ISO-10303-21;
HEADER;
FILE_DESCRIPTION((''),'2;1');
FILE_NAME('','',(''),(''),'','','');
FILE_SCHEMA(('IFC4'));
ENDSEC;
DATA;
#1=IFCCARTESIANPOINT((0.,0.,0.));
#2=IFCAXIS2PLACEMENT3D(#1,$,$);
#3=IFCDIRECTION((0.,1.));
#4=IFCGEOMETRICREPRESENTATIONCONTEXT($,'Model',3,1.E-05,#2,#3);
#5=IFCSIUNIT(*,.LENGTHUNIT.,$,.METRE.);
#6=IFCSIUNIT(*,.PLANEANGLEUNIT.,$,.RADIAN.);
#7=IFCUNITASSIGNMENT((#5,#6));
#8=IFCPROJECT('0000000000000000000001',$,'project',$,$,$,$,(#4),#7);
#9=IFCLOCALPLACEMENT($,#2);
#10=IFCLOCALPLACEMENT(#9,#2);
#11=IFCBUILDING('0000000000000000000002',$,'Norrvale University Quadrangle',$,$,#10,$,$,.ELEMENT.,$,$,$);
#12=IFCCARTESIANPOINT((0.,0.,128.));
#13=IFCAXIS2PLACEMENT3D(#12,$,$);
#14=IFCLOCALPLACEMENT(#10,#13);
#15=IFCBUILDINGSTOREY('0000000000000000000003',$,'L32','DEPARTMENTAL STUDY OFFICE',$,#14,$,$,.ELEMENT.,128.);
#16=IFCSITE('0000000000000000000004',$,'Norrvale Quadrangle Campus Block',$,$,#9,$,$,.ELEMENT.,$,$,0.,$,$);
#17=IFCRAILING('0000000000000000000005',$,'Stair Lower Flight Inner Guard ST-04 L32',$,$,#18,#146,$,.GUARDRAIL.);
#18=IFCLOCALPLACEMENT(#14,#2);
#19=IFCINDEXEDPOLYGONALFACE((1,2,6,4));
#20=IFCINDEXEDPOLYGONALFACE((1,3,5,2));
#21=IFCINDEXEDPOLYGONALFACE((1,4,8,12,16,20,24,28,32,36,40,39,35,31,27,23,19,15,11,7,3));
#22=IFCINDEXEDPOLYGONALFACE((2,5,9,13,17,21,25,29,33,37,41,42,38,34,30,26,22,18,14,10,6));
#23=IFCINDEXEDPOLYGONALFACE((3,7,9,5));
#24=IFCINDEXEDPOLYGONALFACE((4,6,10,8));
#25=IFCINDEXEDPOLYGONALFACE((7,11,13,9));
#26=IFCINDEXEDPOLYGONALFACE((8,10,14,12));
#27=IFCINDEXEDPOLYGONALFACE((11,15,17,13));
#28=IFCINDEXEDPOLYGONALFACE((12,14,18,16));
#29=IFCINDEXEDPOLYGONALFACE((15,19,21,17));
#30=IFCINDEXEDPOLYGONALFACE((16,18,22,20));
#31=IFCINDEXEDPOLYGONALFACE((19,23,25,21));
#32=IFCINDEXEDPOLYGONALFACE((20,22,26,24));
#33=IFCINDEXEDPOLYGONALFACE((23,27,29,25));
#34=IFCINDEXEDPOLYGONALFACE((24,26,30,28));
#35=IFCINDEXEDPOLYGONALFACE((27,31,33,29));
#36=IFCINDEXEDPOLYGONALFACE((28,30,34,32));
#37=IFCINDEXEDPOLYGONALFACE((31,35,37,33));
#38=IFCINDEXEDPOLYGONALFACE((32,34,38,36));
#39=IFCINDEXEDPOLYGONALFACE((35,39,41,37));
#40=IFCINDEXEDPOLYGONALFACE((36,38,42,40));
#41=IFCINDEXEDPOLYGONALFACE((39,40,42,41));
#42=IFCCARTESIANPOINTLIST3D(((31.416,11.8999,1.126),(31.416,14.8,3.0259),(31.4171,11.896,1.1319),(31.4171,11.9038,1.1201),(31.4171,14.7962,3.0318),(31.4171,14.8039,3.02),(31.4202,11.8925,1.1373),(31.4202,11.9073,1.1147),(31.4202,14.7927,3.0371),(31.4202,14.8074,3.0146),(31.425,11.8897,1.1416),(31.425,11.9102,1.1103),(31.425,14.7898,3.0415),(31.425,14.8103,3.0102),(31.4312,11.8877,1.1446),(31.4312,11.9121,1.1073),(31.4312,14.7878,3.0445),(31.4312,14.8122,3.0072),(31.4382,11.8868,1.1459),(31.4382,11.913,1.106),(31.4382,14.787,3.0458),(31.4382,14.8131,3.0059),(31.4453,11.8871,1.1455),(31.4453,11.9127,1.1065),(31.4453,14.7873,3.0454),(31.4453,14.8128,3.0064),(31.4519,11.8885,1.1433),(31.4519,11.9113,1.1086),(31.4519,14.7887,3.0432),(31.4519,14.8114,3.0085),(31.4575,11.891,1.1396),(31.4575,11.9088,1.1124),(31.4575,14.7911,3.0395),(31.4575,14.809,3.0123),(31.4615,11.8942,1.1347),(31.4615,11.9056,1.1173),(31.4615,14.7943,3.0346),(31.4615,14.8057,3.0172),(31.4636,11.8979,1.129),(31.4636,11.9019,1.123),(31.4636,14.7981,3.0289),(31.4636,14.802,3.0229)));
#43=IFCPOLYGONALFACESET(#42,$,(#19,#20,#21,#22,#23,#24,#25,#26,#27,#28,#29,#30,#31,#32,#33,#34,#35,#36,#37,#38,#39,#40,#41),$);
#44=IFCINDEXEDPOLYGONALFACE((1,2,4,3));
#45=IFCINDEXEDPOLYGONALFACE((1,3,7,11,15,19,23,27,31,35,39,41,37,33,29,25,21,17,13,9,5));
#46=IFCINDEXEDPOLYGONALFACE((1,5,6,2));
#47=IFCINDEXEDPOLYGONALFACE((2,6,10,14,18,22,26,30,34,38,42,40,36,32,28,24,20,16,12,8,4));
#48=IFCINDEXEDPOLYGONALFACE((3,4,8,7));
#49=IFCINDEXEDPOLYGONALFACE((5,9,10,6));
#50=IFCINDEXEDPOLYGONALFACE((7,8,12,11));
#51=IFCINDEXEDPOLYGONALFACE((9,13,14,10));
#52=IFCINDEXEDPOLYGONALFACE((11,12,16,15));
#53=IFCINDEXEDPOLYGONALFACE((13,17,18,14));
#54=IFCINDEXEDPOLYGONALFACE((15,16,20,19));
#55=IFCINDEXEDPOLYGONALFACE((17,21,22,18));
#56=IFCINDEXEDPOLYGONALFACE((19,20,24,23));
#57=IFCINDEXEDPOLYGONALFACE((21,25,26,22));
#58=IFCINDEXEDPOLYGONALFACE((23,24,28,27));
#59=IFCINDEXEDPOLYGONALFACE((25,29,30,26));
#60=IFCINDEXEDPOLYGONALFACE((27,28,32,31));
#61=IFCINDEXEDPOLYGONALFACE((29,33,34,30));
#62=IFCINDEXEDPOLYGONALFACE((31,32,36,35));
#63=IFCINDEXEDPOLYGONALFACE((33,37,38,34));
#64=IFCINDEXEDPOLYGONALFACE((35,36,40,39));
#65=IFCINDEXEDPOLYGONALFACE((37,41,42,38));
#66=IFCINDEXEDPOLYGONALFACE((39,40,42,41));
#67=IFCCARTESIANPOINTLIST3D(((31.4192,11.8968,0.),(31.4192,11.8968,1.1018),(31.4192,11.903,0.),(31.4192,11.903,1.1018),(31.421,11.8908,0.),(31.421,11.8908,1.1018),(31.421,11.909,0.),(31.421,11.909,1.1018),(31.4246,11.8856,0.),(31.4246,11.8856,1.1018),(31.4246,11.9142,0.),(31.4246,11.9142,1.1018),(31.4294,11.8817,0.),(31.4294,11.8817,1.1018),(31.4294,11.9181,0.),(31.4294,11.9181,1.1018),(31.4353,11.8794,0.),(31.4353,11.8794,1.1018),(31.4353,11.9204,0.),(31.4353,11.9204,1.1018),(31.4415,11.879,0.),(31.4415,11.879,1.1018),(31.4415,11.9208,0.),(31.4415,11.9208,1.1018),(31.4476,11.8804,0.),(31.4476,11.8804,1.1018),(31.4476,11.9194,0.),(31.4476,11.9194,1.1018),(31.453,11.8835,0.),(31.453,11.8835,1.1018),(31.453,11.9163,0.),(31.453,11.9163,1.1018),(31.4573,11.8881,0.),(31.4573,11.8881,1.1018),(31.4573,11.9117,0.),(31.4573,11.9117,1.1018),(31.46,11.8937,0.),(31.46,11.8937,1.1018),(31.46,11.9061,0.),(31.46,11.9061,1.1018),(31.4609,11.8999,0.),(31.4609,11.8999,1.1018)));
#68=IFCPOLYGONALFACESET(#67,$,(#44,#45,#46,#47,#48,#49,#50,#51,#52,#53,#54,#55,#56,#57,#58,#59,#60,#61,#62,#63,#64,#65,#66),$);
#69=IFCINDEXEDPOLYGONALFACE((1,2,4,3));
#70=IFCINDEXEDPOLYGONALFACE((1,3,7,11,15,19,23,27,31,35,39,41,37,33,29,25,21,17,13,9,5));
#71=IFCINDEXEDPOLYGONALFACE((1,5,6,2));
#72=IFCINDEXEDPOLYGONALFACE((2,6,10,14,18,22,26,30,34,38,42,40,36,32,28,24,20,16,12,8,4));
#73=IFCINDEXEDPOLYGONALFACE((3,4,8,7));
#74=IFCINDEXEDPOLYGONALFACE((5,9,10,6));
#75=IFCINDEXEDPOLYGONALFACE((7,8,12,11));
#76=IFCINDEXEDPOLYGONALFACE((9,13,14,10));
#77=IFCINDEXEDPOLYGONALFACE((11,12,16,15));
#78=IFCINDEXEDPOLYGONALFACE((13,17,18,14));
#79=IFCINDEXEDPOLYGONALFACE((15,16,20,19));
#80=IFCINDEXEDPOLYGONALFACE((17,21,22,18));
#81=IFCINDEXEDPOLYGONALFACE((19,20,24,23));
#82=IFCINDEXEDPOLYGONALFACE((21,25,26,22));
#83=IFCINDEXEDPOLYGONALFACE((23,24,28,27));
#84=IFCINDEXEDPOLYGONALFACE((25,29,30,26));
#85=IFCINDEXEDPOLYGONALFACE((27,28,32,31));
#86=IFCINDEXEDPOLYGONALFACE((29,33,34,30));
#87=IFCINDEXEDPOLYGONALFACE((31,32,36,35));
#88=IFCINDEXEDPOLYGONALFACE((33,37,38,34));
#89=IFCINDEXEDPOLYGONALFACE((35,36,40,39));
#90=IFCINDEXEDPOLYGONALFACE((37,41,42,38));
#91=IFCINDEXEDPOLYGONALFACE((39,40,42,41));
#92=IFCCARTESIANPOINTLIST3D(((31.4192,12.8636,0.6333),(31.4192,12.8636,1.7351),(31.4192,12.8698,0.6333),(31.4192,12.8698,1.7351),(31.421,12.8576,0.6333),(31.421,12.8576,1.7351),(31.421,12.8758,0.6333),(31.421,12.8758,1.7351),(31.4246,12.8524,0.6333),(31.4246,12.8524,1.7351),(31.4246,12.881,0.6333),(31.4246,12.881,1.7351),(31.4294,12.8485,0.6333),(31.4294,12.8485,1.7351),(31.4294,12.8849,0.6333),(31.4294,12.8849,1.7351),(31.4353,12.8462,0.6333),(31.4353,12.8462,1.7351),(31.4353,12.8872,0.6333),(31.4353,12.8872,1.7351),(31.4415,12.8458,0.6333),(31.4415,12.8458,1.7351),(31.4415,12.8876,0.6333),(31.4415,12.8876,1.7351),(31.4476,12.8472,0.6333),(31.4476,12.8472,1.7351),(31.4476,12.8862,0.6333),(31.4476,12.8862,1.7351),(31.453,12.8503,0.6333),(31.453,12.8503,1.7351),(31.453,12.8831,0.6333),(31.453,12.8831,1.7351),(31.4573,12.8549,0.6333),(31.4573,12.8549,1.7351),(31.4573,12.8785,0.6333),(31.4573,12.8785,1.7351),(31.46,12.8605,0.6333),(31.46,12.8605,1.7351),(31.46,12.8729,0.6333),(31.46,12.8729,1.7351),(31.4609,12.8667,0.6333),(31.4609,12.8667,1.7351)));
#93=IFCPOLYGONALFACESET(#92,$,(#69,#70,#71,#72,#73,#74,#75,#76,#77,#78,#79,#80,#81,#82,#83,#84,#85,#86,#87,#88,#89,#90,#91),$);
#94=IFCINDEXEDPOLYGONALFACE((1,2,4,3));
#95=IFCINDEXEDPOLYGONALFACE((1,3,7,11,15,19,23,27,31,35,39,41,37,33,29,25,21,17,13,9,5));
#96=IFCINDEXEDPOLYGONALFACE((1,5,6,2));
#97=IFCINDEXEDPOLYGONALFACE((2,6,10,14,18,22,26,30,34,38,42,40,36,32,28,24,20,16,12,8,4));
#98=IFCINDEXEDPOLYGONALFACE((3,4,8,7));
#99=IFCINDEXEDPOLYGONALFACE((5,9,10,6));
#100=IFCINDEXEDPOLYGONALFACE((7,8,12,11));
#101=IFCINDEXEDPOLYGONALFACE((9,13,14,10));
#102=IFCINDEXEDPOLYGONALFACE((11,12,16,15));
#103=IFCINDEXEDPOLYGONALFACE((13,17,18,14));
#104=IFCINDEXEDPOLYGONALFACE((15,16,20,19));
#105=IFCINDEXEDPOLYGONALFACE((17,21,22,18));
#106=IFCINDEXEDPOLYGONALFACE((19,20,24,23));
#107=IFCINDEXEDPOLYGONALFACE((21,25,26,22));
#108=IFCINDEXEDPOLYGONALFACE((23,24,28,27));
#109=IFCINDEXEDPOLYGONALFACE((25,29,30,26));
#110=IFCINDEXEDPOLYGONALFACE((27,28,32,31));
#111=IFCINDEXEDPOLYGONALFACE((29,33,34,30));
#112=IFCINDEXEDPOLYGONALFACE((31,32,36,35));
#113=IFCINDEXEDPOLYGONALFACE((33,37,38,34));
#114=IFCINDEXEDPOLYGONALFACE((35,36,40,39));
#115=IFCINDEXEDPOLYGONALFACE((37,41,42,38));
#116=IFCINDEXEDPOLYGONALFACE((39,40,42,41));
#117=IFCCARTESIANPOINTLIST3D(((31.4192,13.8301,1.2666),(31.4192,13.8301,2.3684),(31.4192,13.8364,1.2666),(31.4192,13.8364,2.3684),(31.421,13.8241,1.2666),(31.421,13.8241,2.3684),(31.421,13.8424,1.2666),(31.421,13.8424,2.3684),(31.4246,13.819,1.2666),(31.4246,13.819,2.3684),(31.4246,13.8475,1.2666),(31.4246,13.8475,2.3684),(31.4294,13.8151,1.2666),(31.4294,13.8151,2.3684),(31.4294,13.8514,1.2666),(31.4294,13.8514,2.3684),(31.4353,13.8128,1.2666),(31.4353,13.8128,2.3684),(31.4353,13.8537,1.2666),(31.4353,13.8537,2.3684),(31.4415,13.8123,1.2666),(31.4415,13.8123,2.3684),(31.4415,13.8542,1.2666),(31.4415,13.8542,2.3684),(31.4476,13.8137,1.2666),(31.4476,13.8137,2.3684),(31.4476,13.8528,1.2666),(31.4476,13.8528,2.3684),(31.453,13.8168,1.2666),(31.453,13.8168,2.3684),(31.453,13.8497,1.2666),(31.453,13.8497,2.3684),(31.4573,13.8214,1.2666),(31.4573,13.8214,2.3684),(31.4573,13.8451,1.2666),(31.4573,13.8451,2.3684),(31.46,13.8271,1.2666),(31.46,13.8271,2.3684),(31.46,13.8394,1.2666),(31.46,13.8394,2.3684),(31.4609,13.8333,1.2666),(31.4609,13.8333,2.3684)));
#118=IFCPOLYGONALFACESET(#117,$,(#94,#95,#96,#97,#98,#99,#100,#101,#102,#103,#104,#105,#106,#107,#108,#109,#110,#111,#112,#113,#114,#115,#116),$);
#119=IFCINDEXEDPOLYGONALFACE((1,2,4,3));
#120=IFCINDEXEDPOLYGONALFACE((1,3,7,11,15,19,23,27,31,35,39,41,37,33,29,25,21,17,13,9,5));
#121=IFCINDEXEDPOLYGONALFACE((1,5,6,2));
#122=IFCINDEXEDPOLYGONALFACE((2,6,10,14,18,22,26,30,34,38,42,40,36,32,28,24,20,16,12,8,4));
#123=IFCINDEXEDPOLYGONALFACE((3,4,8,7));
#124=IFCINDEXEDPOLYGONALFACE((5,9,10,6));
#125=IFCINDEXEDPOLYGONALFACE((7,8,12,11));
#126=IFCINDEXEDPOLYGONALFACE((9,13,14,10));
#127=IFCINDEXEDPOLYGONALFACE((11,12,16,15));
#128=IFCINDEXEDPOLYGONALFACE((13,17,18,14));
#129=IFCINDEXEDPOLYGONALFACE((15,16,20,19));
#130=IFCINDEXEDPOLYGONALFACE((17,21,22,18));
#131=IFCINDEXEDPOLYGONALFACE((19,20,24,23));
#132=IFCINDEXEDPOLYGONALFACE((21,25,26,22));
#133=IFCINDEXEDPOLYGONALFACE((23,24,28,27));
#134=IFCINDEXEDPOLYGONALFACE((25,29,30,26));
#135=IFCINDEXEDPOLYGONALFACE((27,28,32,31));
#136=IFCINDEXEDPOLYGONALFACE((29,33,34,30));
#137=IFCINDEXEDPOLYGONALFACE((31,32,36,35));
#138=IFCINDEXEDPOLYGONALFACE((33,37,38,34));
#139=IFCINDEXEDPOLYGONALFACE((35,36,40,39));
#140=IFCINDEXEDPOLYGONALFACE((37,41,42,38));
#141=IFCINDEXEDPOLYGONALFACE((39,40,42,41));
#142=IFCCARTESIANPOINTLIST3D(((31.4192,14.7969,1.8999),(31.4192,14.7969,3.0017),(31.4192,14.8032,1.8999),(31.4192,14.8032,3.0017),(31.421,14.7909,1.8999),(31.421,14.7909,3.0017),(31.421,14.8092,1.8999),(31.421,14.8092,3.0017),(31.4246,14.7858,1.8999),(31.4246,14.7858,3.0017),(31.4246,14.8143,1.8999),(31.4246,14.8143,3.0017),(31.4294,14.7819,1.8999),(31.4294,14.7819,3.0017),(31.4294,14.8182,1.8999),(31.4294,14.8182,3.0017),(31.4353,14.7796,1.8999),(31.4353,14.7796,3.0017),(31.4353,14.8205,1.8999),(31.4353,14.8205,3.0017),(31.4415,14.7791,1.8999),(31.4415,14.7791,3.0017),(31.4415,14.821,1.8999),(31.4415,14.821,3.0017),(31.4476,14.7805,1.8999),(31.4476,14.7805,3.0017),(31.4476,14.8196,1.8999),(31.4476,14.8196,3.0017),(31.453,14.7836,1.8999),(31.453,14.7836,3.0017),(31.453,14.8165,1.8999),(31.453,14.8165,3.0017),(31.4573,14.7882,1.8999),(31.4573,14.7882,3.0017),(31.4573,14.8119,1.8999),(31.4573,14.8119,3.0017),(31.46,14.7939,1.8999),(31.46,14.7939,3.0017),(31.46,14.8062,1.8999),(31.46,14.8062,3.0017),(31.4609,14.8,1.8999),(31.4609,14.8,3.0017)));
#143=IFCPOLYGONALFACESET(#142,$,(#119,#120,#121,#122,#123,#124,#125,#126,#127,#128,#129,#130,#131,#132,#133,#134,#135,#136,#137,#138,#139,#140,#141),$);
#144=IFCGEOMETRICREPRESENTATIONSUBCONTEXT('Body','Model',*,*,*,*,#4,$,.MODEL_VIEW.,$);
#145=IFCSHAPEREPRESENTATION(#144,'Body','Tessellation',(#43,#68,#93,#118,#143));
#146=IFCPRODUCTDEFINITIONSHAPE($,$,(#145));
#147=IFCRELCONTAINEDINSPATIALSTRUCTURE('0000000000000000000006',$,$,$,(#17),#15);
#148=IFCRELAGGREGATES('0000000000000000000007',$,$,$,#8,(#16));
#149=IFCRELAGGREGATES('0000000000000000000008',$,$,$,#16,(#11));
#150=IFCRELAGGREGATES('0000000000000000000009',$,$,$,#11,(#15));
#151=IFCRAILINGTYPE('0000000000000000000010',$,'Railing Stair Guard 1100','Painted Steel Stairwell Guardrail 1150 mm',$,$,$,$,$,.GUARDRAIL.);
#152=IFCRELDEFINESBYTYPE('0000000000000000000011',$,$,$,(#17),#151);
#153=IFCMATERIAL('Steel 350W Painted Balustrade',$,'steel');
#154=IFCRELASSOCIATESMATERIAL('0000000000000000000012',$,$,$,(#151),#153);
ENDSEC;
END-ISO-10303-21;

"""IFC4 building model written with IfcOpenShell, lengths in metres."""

from ifc_helpers import new_model, si_unit, direction, frame, origin, origin_2d, place, context, subcontext, project, spatial, circle, extrude, material, type_object, element, save


model = new_model("IFC4")

# Units and contexts
model_context = context("Model", 3, precision=1e-05, world=origin(), true_north=direction((0.0, 1.0)))
body_context = subcontext(model_context, "Body", "Model", "MODEL_VIEW")
ifc_project = project(units=[si_unit("LENGTHUNIT", "METRE"), si_unit("PLANEANGLEUNIT", "RADIAN")], contexts=[model_context])

# Site, building, storey
site_placement = place(None, origin())
site = spatial("IfcSite", under=ifc_project, at=site_placement, Name="Norrvale Quadrangle Campus Block", CompositionType="ELEMENT", RefElevation=0.0)
building_placement = place(site_placement, origin())
building = spatial("IfcBuilding", under=site, at=building_placement, Name="Norrvale University Quadrangle", CompositionType="ELEMENT")
storey_placement = place(building_placement, frame((0.0, 0.0, 128.0)))
storey = spatial("IfcBuildingStorey", under=building, at=storey_placement, Name="L32", Description="DEPARTMENTAL STUDY OFFICE", CompositionType="ELEMENT", Elevation=128.0)

# Railing
ifc_material_1 = material(Name="Steel 350W Painted Balustrade", Category="steel")
railing_type_1 = type_object("IfcRailingType", Name="Railing Stair Guard 1100", Description="Painted Steel Stairwell Guardrail 1150 mm", PredefinedType="GUARDRAIL", material=ifc_material_1)
railing_1_placement = place(storey_placement, frame((31.4399, 11.8999, 0.0)))
element("IfcRailing", 1, at=railing_1_placement, inside=storey, type_object=railing_type_1, Name="Stair Lower Flight Inner Guard ST-04 L32", PredefinedType="GUARDRAIL", context=body_context, shape_type="SweptSolid", body=[
    extrude(circle(Radius=0.0239, at=origin_2d()), frame((0.0, 0.0, 1.126), z_axis=(0.0, 0.836487, 0.547987), x_axis=(-1.0, 0.0, 0.0)), (0.0, 0.0, 1.0), 3.467),
    extrude(circle(Radius=0.021, at=origin_2d()), origin(), (0.0, 0.0, 1.0), 1.1018),
    extrude(circle(Radius=0.021, at=origin_2d()), frame((0.0, 0.9668, 0.6333)), (0.0, 0.0, 1.0), 1.1018),
    extrude(circle(Radius=0.021, at=origin_2d()), frame((0.0, 1.9333, 1.2666)), (0.0, 0.0, 1.0), 1.1018),
    extrude(circle(Radius=0.021, at=origin_2d()), frame((0.0, 2.9001, 1.8999)), (0.0, 0.0, 1.0), 1.1018),
])

save(model, "model.ifc")
